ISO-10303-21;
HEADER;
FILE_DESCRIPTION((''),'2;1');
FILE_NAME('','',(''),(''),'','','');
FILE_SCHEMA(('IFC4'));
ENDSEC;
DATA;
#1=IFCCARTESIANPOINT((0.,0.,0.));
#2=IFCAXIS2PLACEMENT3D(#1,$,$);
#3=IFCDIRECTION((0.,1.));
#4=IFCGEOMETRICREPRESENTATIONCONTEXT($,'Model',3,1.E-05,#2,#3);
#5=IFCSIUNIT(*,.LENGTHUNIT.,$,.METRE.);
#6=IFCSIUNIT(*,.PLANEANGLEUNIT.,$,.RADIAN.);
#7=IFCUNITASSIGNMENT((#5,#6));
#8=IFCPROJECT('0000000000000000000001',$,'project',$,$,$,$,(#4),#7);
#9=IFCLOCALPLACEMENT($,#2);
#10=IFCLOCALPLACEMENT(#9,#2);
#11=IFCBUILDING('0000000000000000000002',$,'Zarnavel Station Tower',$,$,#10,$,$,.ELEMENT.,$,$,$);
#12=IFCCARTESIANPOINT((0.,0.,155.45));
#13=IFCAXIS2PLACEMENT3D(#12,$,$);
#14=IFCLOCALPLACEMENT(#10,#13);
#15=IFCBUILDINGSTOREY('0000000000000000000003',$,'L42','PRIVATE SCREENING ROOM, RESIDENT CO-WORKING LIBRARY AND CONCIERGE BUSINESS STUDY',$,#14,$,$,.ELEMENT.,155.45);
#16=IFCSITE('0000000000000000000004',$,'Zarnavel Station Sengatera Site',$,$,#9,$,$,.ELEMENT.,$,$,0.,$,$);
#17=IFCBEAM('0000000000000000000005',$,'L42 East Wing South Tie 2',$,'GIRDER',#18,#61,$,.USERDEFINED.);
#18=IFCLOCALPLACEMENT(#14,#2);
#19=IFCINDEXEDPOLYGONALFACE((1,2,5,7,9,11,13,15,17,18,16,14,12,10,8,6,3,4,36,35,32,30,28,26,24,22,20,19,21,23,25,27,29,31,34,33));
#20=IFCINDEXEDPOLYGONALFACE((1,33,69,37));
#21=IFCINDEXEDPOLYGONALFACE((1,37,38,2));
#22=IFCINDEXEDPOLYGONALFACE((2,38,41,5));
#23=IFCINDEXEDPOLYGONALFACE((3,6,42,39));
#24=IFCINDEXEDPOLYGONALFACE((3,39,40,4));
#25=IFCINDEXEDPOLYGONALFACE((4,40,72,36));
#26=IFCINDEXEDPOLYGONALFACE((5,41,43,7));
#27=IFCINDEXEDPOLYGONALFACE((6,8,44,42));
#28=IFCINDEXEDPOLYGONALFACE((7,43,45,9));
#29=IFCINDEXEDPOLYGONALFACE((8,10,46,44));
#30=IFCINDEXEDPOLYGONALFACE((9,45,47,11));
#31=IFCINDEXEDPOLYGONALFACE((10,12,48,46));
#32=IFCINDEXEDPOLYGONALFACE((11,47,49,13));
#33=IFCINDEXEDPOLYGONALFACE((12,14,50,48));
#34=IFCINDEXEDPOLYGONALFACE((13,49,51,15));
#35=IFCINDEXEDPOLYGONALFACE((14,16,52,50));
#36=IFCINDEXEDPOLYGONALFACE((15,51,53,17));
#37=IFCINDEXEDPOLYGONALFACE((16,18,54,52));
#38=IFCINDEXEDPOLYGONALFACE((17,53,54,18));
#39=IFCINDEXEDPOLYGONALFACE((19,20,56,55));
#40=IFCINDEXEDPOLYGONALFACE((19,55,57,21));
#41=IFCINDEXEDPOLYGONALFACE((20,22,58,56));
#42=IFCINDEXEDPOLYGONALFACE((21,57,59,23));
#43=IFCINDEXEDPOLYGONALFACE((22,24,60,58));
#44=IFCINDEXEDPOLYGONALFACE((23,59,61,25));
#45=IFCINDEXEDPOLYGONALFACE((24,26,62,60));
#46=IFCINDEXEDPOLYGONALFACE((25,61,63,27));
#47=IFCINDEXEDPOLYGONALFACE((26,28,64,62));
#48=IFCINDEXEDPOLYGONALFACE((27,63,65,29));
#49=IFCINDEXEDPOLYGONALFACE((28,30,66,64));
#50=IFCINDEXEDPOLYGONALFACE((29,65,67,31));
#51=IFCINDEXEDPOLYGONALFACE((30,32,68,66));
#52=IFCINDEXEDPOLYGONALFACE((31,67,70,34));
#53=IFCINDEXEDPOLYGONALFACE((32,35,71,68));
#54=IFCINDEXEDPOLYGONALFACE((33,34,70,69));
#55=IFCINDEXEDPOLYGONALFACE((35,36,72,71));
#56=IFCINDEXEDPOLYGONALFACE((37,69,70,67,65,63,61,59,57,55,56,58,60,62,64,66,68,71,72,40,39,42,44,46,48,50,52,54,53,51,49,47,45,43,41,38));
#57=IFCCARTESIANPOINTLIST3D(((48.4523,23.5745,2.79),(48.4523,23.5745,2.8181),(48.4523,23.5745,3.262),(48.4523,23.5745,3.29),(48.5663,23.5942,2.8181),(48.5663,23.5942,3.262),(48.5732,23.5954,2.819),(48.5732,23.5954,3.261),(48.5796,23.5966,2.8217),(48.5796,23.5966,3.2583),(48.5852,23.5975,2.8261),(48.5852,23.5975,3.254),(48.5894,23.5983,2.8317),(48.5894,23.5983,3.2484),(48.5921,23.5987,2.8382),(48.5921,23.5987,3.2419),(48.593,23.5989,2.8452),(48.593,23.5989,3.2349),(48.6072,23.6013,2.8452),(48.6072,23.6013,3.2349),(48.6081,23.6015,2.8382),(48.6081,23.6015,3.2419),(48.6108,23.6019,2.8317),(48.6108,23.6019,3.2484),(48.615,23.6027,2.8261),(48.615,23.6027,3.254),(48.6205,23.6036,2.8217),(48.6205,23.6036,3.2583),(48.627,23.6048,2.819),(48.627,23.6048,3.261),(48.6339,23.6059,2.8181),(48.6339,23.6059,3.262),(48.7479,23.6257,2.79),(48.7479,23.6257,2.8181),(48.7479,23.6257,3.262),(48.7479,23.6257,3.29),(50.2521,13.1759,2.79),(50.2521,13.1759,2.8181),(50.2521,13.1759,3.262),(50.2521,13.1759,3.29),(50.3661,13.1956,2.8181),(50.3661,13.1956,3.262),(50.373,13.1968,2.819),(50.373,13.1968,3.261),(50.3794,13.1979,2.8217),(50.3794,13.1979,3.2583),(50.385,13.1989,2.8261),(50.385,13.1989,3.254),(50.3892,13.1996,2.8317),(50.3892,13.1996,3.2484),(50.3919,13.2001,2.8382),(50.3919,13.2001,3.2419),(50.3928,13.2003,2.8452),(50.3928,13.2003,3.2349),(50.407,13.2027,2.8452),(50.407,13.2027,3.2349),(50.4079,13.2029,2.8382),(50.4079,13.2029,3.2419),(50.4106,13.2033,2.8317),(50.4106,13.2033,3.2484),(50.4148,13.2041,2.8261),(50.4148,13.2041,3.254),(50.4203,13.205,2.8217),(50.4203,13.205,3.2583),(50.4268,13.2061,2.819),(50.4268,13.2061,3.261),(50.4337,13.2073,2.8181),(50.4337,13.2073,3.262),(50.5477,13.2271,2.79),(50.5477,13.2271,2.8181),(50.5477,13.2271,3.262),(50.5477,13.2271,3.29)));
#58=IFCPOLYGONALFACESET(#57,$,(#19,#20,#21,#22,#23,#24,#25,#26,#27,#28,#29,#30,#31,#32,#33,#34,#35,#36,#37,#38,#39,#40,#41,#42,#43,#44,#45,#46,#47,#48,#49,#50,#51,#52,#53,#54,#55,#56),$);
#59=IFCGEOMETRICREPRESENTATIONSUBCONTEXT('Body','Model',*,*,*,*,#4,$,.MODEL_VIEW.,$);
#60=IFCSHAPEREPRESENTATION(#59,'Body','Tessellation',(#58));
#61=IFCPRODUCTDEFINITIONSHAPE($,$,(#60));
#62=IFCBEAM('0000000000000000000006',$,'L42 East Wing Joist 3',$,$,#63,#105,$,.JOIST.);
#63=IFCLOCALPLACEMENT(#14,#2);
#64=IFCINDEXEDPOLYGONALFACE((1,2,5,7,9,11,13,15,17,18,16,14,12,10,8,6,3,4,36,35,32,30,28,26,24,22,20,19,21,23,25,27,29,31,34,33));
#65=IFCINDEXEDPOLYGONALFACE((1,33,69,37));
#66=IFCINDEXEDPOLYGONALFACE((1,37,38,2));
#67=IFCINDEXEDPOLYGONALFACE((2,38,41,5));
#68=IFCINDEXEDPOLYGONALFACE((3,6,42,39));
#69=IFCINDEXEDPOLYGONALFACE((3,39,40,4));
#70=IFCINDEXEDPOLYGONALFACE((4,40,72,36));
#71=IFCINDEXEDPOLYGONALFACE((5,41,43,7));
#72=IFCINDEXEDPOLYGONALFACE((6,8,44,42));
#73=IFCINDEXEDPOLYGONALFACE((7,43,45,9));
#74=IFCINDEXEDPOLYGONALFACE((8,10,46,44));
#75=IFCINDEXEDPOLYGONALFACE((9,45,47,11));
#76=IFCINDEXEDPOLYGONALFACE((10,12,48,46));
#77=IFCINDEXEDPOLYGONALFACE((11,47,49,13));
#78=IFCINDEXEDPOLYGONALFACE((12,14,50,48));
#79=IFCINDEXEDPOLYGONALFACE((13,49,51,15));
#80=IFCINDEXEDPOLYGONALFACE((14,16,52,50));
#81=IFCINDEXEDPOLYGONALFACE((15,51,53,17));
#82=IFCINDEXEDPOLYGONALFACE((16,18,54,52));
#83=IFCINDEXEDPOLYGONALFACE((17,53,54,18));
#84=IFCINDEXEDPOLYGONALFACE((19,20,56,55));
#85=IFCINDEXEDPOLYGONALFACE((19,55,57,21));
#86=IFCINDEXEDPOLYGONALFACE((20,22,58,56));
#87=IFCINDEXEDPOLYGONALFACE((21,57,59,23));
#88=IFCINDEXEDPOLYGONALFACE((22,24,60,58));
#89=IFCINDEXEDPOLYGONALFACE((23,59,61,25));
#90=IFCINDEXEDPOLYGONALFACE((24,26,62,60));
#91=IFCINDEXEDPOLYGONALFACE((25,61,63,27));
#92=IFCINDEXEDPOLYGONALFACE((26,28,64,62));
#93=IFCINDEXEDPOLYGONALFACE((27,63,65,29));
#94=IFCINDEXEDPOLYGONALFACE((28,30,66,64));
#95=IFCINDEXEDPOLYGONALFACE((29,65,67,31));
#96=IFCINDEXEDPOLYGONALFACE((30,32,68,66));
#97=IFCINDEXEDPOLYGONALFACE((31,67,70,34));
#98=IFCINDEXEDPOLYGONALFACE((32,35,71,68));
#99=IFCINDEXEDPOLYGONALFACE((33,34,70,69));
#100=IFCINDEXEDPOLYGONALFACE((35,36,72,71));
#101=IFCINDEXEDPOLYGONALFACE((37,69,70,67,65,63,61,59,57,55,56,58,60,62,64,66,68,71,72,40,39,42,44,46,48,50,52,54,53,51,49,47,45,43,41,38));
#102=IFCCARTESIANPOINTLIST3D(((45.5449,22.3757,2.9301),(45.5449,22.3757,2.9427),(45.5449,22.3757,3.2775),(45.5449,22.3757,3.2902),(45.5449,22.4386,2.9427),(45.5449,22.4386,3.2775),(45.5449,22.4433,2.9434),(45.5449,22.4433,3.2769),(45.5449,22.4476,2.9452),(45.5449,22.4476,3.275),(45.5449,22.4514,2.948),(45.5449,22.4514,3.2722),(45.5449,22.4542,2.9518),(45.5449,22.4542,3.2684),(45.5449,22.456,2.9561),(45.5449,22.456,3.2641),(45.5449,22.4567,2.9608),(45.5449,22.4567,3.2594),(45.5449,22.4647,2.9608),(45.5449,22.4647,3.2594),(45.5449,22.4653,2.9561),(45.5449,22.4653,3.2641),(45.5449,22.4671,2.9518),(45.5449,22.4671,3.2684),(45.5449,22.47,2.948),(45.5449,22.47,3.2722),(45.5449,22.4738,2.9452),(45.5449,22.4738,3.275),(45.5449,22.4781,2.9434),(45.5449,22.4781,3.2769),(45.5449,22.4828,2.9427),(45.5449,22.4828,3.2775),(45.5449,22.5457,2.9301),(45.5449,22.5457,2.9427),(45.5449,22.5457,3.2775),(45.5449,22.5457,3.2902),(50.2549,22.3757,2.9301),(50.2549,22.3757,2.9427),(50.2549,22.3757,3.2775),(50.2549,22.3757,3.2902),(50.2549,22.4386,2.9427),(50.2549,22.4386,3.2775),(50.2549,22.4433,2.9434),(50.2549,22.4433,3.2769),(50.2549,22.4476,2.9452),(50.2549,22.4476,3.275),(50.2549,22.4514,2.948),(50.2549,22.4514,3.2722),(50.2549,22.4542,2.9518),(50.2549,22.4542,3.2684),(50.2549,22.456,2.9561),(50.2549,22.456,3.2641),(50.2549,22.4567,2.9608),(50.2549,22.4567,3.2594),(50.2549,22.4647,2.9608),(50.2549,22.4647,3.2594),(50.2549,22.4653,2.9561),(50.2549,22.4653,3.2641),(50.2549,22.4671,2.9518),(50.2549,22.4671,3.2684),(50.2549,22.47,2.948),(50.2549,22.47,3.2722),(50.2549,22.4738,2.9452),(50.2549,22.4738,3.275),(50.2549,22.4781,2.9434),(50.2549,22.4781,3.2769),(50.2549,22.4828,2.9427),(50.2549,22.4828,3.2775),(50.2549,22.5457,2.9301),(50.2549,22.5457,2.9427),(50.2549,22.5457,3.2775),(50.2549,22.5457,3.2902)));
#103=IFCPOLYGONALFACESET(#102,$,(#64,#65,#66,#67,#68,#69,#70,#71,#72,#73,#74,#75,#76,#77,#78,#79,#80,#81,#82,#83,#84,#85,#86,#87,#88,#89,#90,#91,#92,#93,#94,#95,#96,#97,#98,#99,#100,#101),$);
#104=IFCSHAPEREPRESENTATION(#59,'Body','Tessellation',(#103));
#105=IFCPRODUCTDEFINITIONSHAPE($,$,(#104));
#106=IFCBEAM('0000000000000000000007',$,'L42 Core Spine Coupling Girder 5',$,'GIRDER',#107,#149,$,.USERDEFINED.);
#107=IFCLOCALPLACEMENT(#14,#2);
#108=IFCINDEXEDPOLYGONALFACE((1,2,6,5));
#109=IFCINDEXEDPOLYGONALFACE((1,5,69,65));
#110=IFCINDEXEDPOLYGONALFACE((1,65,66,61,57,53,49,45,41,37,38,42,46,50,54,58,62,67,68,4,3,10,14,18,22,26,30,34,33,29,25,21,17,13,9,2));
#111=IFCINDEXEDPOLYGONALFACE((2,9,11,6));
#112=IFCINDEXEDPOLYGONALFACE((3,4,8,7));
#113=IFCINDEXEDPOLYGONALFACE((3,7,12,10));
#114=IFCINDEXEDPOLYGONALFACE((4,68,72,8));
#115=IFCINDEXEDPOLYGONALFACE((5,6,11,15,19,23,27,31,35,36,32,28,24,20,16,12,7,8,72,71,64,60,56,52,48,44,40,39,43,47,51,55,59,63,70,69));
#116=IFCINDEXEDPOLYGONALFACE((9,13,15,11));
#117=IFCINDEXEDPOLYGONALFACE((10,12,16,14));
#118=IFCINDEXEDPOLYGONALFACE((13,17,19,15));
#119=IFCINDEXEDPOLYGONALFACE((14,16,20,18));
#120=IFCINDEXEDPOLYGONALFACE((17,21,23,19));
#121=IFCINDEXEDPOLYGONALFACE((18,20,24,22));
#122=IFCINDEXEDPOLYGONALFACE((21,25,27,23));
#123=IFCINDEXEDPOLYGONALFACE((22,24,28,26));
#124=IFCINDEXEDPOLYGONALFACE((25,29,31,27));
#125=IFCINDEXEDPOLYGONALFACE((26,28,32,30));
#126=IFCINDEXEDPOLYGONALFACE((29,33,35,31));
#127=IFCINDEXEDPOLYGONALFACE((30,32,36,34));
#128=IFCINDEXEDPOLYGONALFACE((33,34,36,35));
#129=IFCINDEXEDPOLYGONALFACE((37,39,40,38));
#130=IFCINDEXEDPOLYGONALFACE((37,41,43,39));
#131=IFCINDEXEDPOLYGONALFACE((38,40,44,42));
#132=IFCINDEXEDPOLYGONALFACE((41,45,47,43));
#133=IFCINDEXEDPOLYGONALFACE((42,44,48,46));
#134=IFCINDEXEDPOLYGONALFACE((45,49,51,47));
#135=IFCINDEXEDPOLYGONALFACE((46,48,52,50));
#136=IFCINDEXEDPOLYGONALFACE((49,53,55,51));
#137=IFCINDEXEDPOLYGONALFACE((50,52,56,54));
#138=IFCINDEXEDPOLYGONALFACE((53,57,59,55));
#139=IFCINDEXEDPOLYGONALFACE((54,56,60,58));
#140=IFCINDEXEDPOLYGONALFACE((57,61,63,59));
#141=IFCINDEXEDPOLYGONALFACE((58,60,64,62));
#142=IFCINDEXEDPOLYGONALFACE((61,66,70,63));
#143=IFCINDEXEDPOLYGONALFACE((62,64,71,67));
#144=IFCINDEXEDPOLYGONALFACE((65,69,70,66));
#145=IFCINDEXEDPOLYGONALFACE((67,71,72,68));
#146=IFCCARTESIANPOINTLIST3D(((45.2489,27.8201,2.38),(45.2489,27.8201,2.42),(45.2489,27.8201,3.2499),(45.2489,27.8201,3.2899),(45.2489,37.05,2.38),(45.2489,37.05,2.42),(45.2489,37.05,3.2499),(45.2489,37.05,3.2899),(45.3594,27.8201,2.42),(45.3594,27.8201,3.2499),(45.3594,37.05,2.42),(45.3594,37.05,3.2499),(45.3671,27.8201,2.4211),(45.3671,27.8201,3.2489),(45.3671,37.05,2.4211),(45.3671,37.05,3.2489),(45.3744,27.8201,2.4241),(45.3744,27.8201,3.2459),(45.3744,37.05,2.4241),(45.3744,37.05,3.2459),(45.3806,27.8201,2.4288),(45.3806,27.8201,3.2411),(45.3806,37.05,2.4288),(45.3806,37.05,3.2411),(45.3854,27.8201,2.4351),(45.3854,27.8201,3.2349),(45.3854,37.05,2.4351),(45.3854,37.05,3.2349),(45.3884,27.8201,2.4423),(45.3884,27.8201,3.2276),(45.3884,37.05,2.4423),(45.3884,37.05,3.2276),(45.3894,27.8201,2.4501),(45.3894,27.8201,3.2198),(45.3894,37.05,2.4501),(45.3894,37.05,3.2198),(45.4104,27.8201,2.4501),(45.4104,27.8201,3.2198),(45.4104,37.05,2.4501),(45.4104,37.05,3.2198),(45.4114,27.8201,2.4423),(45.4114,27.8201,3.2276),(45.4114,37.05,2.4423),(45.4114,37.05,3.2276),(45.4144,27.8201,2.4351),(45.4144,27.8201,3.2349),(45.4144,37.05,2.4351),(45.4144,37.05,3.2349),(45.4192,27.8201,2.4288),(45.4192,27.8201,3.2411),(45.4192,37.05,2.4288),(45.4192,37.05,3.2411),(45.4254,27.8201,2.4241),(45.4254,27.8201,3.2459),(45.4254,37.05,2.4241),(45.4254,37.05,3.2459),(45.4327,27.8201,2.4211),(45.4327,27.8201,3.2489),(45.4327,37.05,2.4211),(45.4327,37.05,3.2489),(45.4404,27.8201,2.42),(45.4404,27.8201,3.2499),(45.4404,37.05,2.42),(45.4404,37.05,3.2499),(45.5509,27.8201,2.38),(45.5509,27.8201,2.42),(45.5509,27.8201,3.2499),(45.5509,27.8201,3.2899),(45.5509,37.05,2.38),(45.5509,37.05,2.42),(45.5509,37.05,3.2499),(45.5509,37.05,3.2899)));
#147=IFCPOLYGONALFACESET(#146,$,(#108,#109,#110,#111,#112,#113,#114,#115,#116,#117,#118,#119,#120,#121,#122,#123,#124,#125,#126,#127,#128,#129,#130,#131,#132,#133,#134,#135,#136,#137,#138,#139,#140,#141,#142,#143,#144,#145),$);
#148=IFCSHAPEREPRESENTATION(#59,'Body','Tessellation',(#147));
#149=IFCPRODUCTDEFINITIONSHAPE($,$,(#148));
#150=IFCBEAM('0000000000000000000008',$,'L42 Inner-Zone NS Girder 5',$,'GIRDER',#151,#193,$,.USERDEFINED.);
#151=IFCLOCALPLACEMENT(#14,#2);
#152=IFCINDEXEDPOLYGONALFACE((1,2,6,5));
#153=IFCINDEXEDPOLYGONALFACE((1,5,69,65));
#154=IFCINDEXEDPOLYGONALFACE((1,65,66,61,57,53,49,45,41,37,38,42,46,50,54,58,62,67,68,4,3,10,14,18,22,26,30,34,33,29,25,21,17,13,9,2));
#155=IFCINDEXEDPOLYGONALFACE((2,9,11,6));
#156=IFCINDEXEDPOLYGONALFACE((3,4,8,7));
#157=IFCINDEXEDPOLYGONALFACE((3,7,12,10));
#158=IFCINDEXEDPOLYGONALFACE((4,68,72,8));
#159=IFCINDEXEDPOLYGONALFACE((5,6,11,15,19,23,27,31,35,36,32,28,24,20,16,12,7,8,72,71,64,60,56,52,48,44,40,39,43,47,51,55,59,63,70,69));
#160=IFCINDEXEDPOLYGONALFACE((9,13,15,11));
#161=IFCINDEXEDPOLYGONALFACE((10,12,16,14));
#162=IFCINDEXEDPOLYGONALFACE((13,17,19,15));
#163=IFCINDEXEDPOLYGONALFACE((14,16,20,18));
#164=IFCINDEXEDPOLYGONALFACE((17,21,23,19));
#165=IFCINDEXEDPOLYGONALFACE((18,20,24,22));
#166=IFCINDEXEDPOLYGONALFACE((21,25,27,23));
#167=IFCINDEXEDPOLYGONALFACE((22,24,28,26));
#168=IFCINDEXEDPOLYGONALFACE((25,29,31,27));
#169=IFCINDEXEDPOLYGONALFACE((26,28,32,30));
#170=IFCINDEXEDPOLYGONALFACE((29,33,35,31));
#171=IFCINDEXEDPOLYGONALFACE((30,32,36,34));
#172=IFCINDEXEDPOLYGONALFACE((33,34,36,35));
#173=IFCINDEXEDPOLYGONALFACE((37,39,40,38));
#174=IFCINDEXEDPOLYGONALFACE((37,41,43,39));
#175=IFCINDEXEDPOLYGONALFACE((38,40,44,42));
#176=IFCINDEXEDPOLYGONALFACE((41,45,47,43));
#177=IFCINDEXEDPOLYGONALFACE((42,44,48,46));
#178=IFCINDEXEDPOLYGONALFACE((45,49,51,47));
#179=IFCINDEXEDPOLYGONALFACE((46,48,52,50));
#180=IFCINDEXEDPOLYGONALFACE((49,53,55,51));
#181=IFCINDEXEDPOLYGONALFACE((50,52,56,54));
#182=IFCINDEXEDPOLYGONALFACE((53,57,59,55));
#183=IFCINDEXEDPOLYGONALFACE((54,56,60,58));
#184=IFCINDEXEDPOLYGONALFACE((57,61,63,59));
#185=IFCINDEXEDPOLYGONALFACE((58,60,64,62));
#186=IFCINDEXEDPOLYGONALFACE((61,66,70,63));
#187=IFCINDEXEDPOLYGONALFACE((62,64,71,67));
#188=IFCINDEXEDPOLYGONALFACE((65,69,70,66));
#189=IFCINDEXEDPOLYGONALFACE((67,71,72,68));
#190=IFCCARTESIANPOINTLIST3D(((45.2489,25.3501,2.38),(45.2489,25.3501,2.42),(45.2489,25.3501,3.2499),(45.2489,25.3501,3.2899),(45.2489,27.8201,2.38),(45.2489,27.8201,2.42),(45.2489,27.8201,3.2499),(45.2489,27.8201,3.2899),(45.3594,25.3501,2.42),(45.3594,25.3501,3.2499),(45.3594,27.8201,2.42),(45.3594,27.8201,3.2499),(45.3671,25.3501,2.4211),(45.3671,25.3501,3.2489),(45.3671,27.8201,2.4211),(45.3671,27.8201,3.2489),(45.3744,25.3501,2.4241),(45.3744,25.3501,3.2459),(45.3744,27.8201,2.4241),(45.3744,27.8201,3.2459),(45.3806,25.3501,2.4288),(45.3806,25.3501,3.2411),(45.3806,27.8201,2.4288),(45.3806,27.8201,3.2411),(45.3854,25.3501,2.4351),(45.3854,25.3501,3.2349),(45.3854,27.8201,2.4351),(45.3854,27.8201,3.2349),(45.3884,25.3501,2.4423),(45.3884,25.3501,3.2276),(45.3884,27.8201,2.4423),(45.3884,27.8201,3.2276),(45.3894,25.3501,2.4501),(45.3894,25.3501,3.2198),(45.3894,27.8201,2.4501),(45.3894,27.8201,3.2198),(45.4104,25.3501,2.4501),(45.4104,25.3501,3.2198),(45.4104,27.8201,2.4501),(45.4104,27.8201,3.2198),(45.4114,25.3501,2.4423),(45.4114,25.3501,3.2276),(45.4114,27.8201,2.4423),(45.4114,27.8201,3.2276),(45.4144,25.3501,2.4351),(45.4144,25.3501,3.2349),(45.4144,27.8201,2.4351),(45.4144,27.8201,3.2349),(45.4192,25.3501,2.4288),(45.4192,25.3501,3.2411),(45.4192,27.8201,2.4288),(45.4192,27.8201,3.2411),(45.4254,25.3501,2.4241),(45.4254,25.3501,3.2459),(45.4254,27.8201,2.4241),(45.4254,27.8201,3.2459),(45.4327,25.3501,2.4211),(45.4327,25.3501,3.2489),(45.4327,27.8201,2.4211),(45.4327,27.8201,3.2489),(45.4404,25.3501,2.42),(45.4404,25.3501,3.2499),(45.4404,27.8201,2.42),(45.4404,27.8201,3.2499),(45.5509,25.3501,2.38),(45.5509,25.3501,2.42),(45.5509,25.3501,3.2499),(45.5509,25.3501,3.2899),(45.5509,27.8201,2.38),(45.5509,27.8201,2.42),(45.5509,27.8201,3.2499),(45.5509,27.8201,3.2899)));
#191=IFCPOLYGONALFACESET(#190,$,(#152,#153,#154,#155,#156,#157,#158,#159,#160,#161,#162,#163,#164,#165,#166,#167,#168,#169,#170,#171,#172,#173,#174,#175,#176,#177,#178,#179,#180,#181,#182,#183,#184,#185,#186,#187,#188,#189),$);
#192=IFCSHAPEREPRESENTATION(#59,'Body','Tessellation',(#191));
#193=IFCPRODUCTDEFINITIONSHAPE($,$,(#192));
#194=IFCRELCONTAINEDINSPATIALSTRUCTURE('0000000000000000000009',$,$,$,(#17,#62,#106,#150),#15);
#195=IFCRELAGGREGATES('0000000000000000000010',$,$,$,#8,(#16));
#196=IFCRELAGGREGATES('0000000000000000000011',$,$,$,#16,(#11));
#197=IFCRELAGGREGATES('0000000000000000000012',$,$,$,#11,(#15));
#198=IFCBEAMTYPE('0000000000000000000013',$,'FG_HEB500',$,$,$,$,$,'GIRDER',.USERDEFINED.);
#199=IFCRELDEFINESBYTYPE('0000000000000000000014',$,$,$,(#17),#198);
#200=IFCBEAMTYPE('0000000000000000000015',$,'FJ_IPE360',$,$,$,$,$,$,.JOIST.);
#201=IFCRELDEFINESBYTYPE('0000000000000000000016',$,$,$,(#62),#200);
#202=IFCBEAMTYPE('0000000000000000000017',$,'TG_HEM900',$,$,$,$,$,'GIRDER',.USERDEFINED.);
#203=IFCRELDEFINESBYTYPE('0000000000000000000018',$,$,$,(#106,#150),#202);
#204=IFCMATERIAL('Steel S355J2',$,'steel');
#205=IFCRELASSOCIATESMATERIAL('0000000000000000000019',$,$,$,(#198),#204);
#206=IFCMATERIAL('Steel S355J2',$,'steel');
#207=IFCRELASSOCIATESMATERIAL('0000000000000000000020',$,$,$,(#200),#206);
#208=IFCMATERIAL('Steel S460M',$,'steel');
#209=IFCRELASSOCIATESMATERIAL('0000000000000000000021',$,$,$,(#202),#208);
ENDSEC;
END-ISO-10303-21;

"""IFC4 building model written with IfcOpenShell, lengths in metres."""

from ifc_helpers import new_model, si_unit, direction, frame, origin, origin_2d, place, context, subcontext, project, spatial, i_section, extrude, material, material_profile, profile_set, type_object, element, save


model = new_model("IFC4")

# Units and contexts
model_context = context("Model", 3, precision=1e-05, world=origin(), true_north=direction((0.0, 1.0)))
body_context = subcontext(model_context, "Body", "Model", "MODEL_VIEW")
ifc_project = project(units=[si_unit("LENGTHUNIT", "METRE"), si_unit("PLANEANGLEUNIT", "RADIAN")], contexts=[model_context])

# Site, building, storey
site_placement = place(None, origin())
site = spatial("IfcSite", under=ifc_project, at=site_placement, Name="Zarnavel Station Sengatera Site", CompositionType="ELEMENT", RefElevation=0.0)
building_placement = place(site_placement, origin())
building = spatial("IfcBuilding", under=site, at=building_placement, Name="Zarnavel Station Tower", CompositionType="ELEMENT")
storey_placement = place(building_placement, frame((0.0, 0.0, 155.45)))
storey = spatial("IfcBuildingStorey", under=building, at=storey_placement, Name="L42", Description="PRIVATE SCREENING ROOM, RESIDENT CO-WORKING LIBRARY AND CONCIERGE BUSINESS STUDY", CompositionType="ELEMENT", Elevation=155.45)

# Beams
ifc_material_1 = material(Name="Steel S355J2", Category="steel")
ifc_material_profile_1 = material_profile(ifc_material_1, i_section(OverallWidth=0.3, OverallDepth=0.5, WebThickness=0.0144, FlangeThickness=0.0281, FilletRadius=0.0271, at=origin_2d()), Name="HEB500")
ifc_profile_set_1 = profile_set([ifc_material_profile_1], Name="Steel S355J2")
beam_type_1 = type_object("IfcBeamType", Name="FG_HEB500", ElementType="GIRDER", PredefinedType="USERDEFINED", material=ifc_profile_set_1)
beam_1_placement = place(storey_placement, frame((48.6001, 23.6001, 3.04), z_axis=(0.170544, -0.98535, 0.0), x_axis=(0.98535, 0.170544, 0.0)))
element("IfcBeam", 1, at=beam_1_placement, inside=storey, type_object=beam_type_1, Name="L42 East Wing South Tie 2", ObjectType="GIRDER", PredefinedType="USERDEFINED", context=body_context, shape_type="SweptSolid", body=[
    extrude(i_section(OverallWidth=0.3, OverallDepth=0.5, WebThickness=0.0144, FlangeThickness=0.0281, FilletRadius=0.0271, at=origin_2d()), origin(), (0.0, 0.0, 1.0), 10.5532),
])
ifc_material_2 = material(Name="Steel S355J2", Category="steel")
ifc_material_profile_2 = material_profile(ifc_material_2, i_section(OverallWidth=0.1699, OverallDepth=0.3601, WebThickness=0.0081, FlangeThickness=0.0127, FilletRadius=0.0181, at=origin_2d()), Name="IPE360")
ifc_profile_set_2 = profile_set([ifc_material_profile_2], Name="Steel S355J2")
beam_type_2 = type_object("IfcBeamType", Name="FJ_IPE360", PredefinedType="JOIST", material=ifc_profile_set_2)
beam_2_placement = place(storey_placement, frame((45.5449, 22.4607, 3.1101), z_axis=(1.0, 0.0, 0.0), x_axis=(0.0, 1.0, 0.0)))
element("IfcBeam", 2, at=beam_2_placement, inside=storey, type_object=beam_type_2, Name="L42 East Wing Joist 3", PredefinedType="JOIST", context=body_context, shape_type="SweptSolid", body=[
    extrude(i_section(OverallWidth=0.1699, OverallDepth=0.3601, WebThickness=0.0081, FlangeThickness=0.0127, FilletRadius=0.0181, at=origin_2d()), origin(), (0.0, 0.0, 1.0), 4.71),
])
ifc_material_3 = material(Name="Steel S460M", Category="steel")
ifc_material_profile_3 = material_profile(ifc_material_3, i_section(OverallWidth=0.302, OverallDepth=0.9099, WebThickness=0.021, FlangeThickness=0.04, FilletRadius=0.03, at=origin_2d()), Name="HEM900")
ifc_profile_set_3 = profile_set([ifc_material_profile_3], Name="Steel S460M")
beam_type_3 = type_object("IfcBeamType", Name="TG_HEM900", ElementType="GIRDER", PredefinedType="USERDEFINED", material=ifc_profile_set_3)
beam_3_placement = place(storey_placement, frame((45.3999, 27.8201, 2.835), z_axis=(0.0, 1.0, 0.0), x_axis=(-1.0, 0.0, 0.0)))
element("IfcBeam", 3, at=beam_3_placement, inside=storey, type_object=beam_type_3, Name="L42 Core Spine Coupling Girder 5", ObjectType="GIRDER", PredefinedType="USERDEFINED", context=body_context, shape_type="SweptSolid", body=[
    extrude(i_section(OverallWidth=0.302, OverallDepth=0.9099, WebThickness=0.021, FlangeThickness=0.04, FilletRadius=0.03, at=origin_2d()), origin(), (0.0, 0.0, 1.0), 9.23),
])
beam_4_placement = place(storey_placement, frame((45.3999, 25.3501, 2.835), z_axis=(0.0, 1.0, 0.0), x_axis=(-1.0, 0.0, 0.0)))
element("IfcBeam", 4, at=beam_4_placement, inside=storey, type_object=beam_type_3, Name="L42 Inner-Zone NS Girder 5", ObjectType="GIRDER", PredefinedType="USERDEFINED", context=body_context, shape_type="SweptSolid", body=[
    extrude(i_section(OverallWidth=0.302, OverallDepth=0.9099, WebThickness=0.021, FlangeThickness=0.04, FilletRadius=0.03, at=origin_2d()), origin(), (0.0, 0.0, 1.0), 2.47),
])

save(model, "model.ifc")
